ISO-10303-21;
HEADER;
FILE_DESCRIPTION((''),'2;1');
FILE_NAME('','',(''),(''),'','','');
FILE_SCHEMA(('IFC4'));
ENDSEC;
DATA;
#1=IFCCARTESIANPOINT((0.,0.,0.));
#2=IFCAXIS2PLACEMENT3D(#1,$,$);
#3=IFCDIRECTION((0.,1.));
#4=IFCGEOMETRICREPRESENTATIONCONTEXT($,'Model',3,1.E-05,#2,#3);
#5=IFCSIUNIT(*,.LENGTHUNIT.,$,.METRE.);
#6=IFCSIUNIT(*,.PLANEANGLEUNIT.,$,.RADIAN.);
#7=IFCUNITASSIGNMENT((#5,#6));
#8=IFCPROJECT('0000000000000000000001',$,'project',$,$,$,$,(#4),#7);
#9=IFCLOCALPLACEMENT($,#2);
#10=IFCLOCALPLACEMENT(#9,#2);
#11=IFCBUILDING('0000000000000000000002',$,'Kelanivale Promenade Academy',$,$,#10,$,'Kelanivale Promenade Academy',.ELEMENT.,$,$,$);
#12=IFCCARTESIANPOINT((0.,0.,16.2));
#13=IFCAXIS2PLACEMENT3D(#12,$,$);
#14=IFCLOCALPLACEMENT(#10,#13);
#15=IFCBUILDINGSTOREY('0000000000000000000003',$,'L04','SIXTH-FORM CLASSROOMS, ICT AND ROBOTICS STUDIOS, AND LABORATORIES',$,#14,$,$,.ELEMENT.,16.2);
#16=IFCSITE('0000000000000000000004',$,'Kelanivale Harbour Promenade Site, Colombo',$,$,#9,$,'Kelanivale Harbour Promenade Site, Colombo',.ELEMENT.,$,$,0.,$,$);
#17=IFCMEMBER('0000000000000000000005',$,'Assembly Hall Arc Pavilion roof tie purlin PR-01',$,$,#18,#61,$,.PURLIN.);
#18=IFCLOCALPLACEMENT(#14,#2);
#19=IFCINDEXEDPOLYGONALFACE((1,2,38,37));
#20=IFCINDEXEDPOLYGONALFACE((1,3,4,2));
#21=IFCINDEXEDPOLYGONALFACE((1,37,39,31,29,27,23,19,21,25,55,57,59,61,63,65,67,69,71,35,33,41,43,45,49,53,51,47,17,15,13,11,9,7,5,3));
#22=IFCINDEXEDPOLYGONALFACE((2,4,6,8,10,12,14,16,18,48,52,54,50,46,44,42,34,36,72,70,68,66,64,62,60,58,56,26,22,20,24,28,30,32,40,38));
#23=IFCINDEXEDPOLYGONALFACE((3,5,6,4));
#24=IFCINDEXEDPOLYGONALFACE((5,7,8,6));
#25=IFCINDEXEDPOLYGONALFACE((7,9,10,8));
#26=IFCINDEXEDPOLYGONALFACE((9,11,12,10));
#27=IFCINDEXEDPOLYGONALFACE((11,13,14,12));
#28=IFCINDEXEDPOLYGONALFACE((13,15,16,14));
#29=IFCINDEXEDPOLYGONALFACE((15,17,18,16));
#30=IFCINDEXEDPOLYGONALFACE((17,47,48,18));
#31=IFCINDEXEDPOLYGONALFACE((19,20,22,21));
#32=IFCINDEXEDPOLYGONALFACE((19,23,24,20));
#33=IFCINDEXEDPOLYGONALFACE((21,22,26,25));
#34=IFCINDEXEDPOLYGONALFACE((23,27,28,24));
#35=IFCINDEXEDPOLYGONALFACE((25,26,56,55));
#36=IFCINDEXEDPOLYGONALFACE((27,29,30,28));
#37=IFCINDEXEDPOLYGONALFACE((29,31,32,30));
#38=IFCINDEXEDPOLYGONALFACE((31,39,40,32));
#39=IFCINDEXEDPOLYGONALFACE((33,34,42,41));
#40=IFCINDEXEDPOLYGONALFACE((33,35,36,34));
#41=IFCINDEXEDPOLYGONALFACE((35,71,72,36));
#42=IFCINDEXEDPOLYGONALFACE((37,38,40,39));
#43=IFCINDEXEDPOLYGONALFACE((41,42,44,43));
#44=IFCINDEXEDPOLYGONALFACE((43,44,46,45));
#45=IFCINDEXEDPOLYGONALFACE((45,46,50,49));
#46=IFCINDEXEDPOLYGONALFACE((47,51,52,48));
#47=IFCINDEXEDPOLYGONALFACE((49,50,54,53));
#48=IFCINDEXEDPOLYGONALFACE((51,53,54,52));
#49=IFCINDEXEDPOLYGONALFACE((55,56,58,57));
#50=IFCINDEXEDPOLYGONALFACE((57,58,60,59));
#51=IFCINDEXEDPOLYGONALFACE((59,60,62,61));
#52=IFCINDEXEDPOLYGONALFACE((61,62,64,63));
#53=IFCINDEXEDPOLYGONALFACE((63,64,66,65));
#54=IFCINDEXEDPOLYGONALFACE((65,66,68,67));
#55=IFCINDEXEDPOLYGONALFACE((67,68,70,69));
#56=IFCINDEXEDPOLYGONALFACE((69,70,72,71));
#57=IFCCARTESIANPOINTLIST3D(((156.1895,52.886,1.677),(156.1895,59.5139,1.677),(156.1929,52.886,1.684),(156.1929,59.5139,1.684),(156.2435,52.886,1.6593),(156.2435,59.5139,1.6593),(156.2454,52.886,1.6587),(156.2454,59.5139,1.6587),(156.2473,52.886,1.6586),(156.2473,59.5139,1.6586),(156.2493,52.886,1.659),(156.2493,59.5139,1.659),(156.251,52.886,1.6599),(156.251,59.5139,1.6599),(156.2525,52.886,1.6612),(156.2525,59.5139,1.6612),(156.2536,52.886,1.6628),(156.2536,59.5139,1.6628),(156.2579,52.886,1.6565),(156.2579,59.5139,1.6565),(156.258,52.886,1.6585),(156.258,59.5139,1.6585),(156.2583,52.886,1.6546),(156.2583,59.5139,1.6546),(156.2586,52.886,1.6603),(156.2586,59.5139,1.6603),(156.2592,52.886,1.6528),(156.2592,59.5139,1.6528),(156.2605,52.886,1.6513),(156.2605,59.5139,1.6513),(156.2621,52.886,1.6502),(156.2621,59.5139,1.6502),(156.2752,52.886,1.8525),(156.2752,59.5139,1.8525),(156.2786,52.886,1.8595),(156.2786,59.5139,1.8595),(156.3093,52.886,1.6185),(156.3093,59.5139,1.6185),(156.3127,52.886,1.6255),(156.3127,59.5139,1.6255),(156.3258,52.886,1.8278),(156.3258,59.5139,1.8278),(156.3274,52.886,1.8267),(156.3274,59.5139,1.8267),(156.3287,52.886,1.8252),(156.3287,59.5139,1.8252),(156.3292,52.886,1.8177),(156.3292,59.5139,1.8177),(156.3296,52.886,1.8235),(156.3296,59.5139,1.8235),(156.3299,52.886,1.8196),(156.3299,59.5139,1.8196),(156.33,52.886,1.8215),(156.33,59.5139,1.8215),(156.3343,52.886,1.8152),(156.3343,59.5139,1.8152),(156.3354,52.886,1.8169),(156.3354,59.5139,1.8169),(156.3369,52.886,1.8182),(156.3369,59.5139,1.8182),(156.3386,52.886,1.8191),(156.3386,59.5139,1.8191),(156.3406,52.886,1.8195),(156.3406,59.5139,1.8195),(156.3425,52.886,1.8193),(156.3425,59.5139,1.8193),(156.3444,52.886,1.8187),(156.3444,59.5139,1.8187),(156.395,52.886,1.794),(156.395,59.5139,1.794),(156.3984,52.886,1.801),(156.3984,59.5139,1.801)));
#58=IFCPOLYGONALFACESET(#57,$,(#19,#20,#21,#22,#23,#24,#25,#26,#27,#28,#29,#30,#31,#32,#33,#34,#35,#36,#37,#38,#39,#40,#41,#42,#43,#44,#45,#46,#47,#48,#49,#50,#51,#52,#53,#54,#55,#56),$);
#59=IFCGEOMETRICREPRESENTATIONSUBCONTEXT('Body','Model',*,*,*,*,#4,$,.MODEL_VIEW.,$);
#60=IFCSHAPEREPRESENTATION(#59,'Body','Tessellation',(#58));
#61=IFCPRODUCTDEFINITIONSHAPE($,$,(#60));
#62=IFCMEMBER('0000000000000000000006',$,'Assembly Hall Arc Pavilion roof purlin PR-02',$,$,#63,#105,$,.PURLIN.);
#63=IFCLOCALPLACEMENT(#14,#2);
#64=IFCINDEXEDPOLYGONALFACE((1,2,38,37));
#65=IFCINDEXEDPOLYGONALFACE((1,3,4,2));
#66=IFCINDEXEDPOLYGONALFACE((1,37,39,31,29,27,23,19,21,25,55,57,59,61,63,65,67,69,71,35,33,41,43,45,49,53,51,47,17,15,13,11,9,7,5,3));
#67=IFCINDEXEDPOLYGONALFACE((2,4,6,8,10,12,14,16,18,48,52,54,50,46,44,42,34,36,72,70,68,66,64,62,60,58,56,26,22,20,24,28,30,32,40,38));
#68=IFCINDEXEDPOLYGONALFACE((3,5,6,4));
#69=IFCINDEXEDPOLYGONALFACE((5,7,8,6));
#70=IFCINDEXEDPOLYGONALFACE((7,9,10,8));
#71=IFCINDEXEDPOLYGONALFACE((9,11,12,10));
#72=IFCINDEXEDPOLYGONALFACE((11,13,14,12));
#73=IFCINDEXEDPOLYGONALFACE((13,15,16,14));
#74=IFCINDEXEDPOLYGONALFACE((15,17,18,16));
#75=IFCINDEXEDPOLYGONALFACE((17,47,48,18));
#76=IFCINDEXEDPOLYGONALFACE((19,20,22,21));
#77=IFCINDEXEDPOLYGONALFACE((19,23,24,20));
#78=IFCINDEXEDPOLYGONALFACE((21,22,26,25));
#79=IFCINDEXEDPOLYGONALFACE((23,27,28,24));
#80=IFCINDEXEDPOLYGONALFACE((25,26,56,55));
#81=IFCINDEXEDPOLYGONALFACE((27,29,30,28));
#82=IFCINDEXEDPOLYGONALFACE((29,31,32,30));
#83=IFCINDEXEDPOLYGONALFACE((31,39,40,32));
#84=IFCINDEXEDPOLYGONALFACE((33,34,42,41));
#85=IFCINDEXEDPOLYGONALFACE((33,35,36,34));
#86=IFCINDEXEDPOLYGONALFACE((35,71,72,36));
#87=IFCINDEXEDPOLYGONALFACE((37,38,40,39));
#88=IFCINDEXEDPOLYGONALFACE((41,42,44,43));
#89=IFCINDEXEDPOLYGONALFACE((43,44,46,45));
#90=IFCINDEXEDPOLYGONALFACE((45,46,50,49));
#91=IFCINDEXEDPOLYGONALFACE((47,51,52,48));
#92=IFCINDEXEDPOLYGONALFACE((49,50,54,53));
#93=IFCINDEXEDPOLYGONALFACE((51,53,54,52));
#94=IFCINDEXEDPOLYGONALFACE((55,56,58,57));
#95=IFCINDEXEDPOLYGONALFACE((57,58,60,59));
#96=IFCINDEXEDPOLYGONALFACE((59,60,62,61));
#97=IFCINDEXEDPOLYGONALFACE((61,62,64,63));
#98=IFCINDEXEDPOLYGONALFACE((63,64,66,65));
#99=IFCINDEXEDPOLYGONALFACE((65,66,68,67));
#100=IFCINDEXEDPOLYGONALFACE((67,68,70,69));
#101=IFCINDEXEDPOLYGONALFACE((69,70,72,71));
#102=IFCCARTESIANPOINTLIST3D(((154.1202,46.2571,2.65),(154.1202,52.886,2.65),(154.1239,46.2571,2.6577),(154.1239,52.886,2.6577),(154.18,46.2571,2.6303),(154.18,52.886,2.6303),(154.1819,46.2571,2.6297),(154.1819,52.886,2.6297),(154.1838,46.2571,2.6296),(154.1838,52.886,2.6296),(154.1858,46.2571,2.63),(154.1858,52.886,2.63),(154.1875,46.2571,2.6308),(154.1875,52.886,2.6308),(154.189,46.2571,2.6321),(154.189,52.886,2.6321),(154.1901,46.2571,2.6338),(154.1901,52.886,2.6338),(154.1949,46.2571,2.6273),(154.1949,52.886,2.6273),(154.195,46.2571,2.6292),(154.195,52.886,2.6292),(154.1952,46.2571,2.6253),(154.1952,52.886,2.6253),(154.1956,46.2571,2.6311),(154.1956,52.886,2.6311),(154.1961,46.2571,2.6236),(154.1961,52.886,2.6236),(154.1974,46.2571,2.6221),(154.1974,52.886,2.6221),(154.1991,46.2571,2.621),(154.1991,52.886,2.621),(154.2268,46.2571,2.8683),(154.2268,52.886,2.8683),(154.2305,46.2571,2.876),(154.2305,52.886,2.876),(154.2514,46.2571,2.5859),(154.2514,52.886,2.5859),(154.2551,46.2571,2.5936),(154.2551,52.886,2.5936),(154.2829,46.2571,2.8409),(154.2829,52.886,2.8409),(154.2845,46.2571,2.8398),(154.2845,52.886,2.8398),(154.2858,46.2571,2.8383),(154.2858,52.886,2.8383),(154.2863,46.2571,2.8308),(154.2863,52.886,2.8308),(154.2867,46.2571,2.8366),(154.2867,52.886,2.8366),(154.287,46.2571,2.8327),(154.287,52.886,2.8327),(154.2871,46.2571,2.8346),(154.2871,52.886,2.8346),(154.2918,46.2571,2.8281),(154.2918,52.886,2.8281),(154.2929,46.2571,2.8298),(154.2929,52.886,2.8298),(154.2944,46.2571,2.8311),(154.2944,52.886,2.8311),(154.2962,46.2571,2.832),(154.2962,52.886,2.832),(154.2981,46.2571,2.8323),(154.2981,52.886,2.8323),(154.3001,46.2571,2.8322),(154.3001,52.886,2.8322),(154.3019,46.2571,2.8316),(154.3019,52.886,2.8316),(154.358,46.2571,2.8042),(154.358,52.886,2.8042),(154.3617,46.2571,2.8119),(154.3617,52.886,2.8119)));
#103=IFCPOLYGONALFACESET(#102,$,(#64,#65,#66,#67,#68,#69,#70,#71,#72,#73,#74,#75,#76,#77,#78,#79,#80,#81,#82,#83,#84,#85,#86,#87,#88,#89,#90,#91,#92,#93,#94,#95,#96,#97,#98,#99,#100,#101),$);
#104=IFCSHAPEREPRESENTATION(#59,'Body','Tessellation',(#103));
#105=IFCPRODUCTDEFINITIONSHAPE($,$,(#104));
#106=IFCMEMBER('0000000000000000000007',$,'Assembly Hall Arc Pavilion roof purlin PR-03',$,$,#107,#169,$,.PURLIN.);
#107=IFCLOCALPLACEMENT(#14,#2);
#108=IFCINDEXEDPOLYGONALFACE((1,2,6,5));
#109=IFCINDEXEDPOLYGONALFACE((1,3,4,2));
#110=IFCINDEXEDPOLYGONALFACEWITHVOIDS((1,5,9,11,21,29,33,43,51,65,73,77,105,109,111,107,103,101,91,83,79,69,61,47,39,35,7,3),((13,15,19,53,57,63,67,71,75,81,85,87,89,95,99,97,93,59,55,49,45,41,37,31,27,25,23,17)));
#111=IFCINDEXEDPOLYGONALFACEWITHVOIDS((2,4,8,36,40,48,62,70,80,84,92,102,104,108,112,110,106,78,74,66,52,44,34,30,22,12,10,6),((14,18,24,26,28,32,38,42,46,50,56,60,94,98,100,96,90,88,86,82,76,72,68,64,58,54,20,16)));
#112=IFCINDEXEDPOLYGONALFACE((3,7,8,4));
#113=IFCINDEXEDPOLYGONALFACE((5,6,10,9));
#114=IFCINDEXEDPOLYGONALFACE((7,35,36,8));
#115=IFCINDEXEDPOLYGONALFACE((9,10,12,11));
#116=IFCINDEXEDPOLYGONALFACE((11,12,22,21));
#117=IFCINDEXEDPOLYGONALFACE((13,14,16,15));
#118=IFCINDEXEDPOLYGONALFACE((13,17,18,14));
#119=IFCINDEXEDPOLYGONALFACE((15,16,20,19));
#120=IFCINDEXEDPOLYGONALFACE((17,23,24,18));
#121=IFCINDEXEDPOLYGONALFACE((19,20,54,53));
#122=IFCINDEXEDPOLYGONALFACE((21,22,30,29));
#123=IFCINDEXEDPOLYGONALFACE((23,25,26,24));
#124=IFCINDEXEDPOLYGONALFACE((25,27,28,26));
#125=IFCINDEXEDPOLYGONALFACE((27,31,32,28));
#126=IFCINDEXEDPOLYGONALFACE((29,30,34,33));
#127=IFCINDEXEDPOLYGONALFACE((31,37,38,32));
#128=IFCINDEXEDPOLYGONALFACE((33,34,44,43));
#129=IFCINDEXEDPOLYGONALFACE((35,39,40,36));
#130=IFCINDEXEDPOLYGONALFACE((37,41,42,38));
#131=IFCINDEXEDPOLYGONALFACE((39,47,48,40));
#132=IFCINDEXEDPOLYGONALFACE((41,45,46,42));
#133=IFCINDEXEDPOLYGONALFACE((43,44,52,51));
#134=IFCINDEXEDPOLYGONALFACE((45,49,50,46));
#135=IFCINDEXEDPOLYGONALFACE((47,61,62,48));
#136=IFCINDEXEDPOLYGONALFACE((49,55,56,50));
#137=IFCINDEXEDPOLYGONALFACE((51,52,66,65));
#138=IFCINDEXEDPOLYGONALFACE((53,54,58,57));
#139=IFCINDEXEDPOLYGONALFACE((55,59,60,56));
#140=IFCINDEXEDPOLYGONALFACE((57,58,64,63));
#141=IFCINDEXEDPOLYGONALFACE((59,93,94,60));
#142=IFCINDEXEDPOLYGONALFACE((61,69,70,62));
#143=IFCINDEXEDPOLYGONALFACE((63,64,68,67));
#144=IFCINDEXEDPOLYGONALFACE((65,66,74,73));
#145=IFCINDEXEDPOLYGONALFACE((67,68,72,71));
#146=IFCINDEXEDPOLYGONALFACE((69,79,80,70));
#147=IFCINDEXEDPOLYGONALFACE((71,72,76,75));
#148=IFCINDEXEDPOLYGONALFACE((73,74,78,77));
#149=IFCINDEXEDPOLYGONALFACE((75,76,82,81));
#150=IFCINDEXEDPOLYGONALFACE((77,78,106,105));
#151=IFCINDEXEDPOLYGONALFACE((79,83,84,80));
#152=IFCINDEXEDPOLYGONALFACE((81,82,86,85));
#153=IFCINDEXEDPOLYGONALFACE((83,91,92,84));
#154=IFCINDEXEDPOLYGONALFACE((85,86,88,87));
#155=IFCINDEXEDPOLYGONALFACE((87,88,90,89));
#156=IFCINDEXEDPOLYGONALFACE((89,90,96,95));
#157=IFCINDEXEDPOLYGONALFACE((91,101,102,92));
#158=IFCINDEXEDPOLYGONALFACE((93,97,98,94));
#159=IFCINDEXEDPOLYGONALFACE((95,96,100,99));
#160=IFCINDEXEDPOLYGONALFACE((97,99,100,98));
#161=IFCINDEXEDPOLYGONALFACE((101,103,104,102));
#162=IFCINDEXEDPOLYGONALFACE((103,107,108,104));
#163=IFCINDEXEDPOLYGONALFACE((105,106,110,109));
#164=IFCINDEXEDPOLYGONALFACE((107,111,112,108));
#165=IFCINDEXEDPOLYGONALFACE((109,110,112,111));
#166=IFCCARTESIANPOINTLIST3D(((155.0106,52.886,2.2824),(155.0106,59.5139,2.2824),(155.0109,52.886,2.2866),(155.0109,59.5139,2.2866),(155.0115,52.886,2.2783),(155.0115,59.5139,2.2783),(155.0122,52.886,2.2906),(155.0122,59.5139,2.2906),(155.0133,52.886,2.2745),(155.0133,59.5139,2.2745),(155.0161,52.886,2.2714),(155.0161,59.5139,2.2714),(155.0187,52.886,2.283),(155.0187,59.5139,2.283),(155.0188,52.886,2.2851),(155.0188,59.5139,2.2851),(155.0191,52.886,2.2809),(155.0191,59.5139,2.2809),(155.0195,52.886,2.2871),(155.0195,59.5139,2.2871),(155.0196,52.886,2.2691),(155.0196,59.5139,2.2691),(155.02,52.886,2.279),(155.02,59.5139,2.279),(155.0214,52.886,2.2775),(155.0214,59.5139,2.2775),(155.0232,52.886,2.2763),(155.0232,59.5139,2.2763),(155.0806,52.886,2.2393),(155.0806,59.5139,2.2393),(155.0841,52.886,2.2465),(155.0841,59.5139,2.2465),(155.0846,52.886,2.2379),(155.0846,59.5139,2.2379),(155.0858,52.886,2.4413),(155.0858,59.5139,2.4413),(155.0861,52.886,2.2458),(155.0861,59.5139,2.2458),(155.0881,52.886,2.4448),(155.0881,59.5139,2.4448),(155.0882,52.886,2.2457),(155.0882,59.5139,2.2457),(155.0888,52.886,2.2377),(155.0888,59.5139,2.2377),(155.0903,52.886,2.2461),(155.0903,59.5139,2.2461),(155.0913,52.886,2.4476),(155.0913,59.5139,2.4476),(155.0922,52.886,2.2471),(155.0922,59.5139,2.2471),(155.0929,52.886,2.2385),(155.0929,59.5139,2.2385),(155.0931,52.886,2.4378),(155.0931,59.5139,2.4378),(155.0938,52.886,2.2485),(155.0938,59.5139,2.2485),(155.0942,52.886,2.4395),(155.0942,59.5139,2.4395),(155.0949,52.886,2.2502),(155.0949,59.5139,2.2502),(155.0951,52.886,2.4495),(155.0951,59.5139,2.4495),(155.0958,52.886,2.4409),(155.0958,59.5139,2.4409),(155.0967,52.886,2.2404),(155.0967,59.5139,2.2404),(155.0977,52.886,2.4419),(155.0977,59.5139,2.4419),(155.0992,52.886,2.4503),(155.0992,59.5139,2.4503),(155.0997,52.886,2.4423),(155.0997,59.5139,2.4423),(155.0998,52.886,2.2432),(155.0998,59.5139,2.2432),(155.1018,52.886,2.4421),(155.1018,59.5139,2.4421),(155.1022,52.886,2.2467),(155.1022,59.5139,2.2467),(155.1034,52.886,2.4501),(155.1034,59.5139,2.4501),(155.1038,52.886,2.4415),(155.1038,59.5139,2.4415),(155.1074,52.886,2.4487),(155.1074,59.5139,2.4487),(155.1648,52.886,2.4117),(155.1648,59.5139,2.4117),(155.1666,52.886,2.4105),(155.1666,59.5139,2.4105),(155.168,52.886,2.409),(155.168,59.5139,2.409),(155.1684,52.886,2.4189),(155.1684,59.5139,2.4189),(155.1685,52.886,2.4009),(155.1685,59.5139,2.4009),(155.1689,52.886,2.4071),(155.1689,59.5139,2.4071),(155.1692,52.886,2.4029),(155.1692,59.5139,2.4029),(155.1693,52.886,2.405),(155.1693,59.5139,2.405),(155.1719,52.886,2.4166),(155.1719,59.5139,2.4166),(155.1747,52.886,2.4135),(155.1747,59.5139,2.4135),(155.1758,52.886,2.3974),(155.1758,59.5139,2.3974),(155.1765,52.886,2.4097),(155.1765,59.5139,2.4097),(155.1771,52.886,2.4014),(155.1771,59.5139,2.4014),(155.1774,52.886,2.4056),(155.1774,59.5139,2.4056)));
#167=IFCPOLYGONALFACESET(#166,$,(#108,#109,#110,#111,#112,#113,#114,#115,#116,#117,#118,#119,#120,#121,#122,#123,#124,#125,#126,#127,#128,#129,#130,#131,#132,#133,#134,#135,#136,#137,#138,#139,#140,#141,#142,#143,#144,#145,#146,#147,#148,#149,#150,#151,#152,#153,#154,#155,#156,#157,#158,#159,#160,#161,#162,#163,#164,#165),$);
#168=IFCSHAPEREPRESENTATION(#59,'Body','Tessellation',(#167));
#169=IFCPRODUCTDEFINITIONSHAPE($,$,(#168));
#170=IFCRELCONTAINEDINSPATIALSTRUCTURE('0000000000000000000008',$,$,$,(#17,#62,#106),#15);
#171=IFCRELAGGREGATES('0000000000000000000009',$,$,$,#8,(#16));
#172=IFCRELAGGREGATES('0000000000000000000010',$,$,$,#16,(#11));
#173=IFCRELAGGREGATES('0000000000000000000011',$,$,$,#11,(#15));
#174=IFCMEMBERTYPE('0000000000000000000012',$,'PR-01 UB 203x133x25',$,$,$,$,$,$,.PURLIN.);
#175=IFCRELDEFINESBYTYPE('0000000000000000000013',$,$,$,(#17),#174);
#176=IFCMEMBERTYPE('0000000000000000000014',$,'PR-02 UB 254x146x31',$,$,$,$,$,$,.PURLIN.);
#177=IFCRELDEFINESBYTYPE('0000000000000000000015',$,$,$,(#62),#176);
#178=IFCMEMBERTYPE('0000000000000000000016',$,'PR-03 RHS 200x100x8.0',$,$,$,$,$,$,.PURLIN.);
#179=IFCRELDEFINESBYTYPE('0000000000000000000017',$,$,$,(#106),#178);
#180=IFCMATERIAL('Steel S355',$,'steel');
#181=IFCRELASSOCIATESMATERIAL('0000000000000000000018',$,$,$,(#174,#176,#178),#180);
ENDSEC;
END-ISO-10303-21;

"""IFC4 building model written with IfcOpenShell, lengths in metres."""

from ifc_helpers import new_model, si_unit, direction, frame, origin, origin_2d, place, context, subcontext, project, spatial, hollow_rectangle, i_section, extrude, material, material_profile, profile_set, type_object, element, save


model = new_model("IFC4")

# Units and contexts
model_context = context("Model", 3, precision=1e-05, world=origin(), true_north=direction((0.0, 1.0)))
body_context = subcontext(model_context, "Body", "Model", "MODEL_VIEW")
ifc_project = project(units=[si_unit("LENGTHUNIT", "METRE"), si_unit("PLANEANGLEUNIT", "RADIAN")], contexts=[model_context])

# Site, building, storey
site_placement = place(None, origin())
site = spatial("IfcSite", under=ifc_project, at=site_placement, Name="Kelanivale Harbour Promenade Site, Colombo", LongName="Kelanivale Harbour Promenade Site, Colombo", CompositionType="ELEMENT", RefElevation=0.0)
building_placement = place(site_placement, origin())
building = spatial("IfcBuilding", under=site, at=building_placement, Name="Kelanivale Promenade Academy", LongName="Kelanivale Promenade Academy", CompositionType="ELEMENT")
storey_placement = place(building_placement, frame((0.0, 0.0, 16.2)))
storey = spatial("IfcBuildingStorey", under=building, at=storey_placement, Name="L04", Description="SIXTH-FORM CLASSROOMS, ICT AND ROBOTICS STUDIOS, AND LABORATORIES", CompositionType="ELEMENT", Elevation=16.2)

# Shared definitions
ifc_material_1 = material(Name="Steel S355", Category="steel")

# Members
ifc_material_profile_1 = material_profile(ifc_material_1, i_section(OverallWidth=0.1333, OverallDepth=0.2031, WebThickness=0.0056, FlangeThickness=0.0078, FilletRadius=0.0076, at=origin_2d()), Name="UB 203x133x25")
ifc_profile_set_1 = profile_set([ifc_material_profile_1], Name="Steel S355")
member_type_1 = type_object("IfcMemberType", Name="PR-01 UB 203x133x25", PredefinedType="PURLIN", material=ifc_profile_set_1)
member_1_placement = place(storey_placement, frame((156.2939, 52.886, 1.739), z_axis=(0.0, 1.0, 0.0), x_axis=(-0.898564, 0.0, 0.438842)))
element("IfcMember", 1, at=member_1_placement, inside=storey, type_object=member_type_1, Name="Assembly Hall Arc Pavilion roof tie purlin PR-01", PredefinedType="PURLIN", context=body_context, shape_type="SweptSolid", body=[
    extrude(i_section(OverallWidth=0.1333, OverallDepth=0.2031, WebThickness=0.0056, FlangeThickness=0.0078, FilletRadius=0.0076, at=origin_2d()), origin(), (0.0, 0.0, 1.0), 6.6279),
])
ifc_material_profile_2 = material_profile(ifc_material_1, i_section(OverallWidth=0.146, OverallDepth=0.2515, WebThickness=0.0061, FlangeThickness=0.0085, FilletRadius=0.0076, at=origin_2d()), Name="UB 254x146x31")
ifc_profile_set_2 = profile_set([ifc_material_profile_2], Name="Steel S355")
member_type_2 = type_object("IfcMemberType", Name="PR-02 UB 254x146x31", PredefinedType="PURLIN", material=ifc_profile_set_2)
member_2_placement = place(storey_placement, frame((154.241, 46.2571, 2.731), z_axis=(0.0, 1.0, 0.0), x_axis=(-0.898564, 0.0, 0.438842)))
element("IfcMember", 2, at=member_2_placement, inside=storey, type_object=member_type_2, Name="Assembly Hall Arc Pavilion roof purlin PR-02", PredefinedType="PURLIN", context=body_context, shape_type="SweptSolid", body=[
    extrude(i_section(OverallWidth=0.146, OverallDepth=0.2515, WebThickness=0.0061, FlangeThickness=0.0085, FilletRadius=0.0076, at=origin_2d()), origin(), (0.0, 0.0, 1.0), 6.6289),
])
ifc_material_profile_3 = material_profile(ifc_material_1, hollow_rectangle(XDim=0.1001, YDim=0.2, WallThickness=0.0081, InnerFilletRadius=0.0081, OuterFilletRadius=0.0161, at=origin_2d()), Name="RHS 200x100x8.0")
ifc_profile_set_3 = profile_set([ifc_material_profile_3], Name="Steel S355")
member_type_3 = type_object("IfcMemberType", Name="PR-03 RHS 200x100x8.0", PredefinedType="PURLIN", material=ifc_profile_set_3)
member_3_placement = place(storey_placement, frame((155.094, 52.886, 2.344), z_axis=(0.0, 1.0, 0.0), x_axis=(-0.898564, 0.0, 0.438842)))
element("IfcMember", 3, at=member_3_placement, inside=storey, type_object=member_type_3, Name="Assembly Hall Arc Pavilion roof purlin PR-03", PredefinedType="PURLIN", context=body_context, shape_type="SweptSolid", body=[
    extrude(hollow_rectangle(XDim=0.1001, YDim=0.2, WallThickness=0.0081, InnerFilletRadius=0.0081, OuterFilletRadius=0.0161, at=origin_2d()), origin(), (0.0, 0.0, 1.0), 6.6279),
])

save(model, "model.ifc")
